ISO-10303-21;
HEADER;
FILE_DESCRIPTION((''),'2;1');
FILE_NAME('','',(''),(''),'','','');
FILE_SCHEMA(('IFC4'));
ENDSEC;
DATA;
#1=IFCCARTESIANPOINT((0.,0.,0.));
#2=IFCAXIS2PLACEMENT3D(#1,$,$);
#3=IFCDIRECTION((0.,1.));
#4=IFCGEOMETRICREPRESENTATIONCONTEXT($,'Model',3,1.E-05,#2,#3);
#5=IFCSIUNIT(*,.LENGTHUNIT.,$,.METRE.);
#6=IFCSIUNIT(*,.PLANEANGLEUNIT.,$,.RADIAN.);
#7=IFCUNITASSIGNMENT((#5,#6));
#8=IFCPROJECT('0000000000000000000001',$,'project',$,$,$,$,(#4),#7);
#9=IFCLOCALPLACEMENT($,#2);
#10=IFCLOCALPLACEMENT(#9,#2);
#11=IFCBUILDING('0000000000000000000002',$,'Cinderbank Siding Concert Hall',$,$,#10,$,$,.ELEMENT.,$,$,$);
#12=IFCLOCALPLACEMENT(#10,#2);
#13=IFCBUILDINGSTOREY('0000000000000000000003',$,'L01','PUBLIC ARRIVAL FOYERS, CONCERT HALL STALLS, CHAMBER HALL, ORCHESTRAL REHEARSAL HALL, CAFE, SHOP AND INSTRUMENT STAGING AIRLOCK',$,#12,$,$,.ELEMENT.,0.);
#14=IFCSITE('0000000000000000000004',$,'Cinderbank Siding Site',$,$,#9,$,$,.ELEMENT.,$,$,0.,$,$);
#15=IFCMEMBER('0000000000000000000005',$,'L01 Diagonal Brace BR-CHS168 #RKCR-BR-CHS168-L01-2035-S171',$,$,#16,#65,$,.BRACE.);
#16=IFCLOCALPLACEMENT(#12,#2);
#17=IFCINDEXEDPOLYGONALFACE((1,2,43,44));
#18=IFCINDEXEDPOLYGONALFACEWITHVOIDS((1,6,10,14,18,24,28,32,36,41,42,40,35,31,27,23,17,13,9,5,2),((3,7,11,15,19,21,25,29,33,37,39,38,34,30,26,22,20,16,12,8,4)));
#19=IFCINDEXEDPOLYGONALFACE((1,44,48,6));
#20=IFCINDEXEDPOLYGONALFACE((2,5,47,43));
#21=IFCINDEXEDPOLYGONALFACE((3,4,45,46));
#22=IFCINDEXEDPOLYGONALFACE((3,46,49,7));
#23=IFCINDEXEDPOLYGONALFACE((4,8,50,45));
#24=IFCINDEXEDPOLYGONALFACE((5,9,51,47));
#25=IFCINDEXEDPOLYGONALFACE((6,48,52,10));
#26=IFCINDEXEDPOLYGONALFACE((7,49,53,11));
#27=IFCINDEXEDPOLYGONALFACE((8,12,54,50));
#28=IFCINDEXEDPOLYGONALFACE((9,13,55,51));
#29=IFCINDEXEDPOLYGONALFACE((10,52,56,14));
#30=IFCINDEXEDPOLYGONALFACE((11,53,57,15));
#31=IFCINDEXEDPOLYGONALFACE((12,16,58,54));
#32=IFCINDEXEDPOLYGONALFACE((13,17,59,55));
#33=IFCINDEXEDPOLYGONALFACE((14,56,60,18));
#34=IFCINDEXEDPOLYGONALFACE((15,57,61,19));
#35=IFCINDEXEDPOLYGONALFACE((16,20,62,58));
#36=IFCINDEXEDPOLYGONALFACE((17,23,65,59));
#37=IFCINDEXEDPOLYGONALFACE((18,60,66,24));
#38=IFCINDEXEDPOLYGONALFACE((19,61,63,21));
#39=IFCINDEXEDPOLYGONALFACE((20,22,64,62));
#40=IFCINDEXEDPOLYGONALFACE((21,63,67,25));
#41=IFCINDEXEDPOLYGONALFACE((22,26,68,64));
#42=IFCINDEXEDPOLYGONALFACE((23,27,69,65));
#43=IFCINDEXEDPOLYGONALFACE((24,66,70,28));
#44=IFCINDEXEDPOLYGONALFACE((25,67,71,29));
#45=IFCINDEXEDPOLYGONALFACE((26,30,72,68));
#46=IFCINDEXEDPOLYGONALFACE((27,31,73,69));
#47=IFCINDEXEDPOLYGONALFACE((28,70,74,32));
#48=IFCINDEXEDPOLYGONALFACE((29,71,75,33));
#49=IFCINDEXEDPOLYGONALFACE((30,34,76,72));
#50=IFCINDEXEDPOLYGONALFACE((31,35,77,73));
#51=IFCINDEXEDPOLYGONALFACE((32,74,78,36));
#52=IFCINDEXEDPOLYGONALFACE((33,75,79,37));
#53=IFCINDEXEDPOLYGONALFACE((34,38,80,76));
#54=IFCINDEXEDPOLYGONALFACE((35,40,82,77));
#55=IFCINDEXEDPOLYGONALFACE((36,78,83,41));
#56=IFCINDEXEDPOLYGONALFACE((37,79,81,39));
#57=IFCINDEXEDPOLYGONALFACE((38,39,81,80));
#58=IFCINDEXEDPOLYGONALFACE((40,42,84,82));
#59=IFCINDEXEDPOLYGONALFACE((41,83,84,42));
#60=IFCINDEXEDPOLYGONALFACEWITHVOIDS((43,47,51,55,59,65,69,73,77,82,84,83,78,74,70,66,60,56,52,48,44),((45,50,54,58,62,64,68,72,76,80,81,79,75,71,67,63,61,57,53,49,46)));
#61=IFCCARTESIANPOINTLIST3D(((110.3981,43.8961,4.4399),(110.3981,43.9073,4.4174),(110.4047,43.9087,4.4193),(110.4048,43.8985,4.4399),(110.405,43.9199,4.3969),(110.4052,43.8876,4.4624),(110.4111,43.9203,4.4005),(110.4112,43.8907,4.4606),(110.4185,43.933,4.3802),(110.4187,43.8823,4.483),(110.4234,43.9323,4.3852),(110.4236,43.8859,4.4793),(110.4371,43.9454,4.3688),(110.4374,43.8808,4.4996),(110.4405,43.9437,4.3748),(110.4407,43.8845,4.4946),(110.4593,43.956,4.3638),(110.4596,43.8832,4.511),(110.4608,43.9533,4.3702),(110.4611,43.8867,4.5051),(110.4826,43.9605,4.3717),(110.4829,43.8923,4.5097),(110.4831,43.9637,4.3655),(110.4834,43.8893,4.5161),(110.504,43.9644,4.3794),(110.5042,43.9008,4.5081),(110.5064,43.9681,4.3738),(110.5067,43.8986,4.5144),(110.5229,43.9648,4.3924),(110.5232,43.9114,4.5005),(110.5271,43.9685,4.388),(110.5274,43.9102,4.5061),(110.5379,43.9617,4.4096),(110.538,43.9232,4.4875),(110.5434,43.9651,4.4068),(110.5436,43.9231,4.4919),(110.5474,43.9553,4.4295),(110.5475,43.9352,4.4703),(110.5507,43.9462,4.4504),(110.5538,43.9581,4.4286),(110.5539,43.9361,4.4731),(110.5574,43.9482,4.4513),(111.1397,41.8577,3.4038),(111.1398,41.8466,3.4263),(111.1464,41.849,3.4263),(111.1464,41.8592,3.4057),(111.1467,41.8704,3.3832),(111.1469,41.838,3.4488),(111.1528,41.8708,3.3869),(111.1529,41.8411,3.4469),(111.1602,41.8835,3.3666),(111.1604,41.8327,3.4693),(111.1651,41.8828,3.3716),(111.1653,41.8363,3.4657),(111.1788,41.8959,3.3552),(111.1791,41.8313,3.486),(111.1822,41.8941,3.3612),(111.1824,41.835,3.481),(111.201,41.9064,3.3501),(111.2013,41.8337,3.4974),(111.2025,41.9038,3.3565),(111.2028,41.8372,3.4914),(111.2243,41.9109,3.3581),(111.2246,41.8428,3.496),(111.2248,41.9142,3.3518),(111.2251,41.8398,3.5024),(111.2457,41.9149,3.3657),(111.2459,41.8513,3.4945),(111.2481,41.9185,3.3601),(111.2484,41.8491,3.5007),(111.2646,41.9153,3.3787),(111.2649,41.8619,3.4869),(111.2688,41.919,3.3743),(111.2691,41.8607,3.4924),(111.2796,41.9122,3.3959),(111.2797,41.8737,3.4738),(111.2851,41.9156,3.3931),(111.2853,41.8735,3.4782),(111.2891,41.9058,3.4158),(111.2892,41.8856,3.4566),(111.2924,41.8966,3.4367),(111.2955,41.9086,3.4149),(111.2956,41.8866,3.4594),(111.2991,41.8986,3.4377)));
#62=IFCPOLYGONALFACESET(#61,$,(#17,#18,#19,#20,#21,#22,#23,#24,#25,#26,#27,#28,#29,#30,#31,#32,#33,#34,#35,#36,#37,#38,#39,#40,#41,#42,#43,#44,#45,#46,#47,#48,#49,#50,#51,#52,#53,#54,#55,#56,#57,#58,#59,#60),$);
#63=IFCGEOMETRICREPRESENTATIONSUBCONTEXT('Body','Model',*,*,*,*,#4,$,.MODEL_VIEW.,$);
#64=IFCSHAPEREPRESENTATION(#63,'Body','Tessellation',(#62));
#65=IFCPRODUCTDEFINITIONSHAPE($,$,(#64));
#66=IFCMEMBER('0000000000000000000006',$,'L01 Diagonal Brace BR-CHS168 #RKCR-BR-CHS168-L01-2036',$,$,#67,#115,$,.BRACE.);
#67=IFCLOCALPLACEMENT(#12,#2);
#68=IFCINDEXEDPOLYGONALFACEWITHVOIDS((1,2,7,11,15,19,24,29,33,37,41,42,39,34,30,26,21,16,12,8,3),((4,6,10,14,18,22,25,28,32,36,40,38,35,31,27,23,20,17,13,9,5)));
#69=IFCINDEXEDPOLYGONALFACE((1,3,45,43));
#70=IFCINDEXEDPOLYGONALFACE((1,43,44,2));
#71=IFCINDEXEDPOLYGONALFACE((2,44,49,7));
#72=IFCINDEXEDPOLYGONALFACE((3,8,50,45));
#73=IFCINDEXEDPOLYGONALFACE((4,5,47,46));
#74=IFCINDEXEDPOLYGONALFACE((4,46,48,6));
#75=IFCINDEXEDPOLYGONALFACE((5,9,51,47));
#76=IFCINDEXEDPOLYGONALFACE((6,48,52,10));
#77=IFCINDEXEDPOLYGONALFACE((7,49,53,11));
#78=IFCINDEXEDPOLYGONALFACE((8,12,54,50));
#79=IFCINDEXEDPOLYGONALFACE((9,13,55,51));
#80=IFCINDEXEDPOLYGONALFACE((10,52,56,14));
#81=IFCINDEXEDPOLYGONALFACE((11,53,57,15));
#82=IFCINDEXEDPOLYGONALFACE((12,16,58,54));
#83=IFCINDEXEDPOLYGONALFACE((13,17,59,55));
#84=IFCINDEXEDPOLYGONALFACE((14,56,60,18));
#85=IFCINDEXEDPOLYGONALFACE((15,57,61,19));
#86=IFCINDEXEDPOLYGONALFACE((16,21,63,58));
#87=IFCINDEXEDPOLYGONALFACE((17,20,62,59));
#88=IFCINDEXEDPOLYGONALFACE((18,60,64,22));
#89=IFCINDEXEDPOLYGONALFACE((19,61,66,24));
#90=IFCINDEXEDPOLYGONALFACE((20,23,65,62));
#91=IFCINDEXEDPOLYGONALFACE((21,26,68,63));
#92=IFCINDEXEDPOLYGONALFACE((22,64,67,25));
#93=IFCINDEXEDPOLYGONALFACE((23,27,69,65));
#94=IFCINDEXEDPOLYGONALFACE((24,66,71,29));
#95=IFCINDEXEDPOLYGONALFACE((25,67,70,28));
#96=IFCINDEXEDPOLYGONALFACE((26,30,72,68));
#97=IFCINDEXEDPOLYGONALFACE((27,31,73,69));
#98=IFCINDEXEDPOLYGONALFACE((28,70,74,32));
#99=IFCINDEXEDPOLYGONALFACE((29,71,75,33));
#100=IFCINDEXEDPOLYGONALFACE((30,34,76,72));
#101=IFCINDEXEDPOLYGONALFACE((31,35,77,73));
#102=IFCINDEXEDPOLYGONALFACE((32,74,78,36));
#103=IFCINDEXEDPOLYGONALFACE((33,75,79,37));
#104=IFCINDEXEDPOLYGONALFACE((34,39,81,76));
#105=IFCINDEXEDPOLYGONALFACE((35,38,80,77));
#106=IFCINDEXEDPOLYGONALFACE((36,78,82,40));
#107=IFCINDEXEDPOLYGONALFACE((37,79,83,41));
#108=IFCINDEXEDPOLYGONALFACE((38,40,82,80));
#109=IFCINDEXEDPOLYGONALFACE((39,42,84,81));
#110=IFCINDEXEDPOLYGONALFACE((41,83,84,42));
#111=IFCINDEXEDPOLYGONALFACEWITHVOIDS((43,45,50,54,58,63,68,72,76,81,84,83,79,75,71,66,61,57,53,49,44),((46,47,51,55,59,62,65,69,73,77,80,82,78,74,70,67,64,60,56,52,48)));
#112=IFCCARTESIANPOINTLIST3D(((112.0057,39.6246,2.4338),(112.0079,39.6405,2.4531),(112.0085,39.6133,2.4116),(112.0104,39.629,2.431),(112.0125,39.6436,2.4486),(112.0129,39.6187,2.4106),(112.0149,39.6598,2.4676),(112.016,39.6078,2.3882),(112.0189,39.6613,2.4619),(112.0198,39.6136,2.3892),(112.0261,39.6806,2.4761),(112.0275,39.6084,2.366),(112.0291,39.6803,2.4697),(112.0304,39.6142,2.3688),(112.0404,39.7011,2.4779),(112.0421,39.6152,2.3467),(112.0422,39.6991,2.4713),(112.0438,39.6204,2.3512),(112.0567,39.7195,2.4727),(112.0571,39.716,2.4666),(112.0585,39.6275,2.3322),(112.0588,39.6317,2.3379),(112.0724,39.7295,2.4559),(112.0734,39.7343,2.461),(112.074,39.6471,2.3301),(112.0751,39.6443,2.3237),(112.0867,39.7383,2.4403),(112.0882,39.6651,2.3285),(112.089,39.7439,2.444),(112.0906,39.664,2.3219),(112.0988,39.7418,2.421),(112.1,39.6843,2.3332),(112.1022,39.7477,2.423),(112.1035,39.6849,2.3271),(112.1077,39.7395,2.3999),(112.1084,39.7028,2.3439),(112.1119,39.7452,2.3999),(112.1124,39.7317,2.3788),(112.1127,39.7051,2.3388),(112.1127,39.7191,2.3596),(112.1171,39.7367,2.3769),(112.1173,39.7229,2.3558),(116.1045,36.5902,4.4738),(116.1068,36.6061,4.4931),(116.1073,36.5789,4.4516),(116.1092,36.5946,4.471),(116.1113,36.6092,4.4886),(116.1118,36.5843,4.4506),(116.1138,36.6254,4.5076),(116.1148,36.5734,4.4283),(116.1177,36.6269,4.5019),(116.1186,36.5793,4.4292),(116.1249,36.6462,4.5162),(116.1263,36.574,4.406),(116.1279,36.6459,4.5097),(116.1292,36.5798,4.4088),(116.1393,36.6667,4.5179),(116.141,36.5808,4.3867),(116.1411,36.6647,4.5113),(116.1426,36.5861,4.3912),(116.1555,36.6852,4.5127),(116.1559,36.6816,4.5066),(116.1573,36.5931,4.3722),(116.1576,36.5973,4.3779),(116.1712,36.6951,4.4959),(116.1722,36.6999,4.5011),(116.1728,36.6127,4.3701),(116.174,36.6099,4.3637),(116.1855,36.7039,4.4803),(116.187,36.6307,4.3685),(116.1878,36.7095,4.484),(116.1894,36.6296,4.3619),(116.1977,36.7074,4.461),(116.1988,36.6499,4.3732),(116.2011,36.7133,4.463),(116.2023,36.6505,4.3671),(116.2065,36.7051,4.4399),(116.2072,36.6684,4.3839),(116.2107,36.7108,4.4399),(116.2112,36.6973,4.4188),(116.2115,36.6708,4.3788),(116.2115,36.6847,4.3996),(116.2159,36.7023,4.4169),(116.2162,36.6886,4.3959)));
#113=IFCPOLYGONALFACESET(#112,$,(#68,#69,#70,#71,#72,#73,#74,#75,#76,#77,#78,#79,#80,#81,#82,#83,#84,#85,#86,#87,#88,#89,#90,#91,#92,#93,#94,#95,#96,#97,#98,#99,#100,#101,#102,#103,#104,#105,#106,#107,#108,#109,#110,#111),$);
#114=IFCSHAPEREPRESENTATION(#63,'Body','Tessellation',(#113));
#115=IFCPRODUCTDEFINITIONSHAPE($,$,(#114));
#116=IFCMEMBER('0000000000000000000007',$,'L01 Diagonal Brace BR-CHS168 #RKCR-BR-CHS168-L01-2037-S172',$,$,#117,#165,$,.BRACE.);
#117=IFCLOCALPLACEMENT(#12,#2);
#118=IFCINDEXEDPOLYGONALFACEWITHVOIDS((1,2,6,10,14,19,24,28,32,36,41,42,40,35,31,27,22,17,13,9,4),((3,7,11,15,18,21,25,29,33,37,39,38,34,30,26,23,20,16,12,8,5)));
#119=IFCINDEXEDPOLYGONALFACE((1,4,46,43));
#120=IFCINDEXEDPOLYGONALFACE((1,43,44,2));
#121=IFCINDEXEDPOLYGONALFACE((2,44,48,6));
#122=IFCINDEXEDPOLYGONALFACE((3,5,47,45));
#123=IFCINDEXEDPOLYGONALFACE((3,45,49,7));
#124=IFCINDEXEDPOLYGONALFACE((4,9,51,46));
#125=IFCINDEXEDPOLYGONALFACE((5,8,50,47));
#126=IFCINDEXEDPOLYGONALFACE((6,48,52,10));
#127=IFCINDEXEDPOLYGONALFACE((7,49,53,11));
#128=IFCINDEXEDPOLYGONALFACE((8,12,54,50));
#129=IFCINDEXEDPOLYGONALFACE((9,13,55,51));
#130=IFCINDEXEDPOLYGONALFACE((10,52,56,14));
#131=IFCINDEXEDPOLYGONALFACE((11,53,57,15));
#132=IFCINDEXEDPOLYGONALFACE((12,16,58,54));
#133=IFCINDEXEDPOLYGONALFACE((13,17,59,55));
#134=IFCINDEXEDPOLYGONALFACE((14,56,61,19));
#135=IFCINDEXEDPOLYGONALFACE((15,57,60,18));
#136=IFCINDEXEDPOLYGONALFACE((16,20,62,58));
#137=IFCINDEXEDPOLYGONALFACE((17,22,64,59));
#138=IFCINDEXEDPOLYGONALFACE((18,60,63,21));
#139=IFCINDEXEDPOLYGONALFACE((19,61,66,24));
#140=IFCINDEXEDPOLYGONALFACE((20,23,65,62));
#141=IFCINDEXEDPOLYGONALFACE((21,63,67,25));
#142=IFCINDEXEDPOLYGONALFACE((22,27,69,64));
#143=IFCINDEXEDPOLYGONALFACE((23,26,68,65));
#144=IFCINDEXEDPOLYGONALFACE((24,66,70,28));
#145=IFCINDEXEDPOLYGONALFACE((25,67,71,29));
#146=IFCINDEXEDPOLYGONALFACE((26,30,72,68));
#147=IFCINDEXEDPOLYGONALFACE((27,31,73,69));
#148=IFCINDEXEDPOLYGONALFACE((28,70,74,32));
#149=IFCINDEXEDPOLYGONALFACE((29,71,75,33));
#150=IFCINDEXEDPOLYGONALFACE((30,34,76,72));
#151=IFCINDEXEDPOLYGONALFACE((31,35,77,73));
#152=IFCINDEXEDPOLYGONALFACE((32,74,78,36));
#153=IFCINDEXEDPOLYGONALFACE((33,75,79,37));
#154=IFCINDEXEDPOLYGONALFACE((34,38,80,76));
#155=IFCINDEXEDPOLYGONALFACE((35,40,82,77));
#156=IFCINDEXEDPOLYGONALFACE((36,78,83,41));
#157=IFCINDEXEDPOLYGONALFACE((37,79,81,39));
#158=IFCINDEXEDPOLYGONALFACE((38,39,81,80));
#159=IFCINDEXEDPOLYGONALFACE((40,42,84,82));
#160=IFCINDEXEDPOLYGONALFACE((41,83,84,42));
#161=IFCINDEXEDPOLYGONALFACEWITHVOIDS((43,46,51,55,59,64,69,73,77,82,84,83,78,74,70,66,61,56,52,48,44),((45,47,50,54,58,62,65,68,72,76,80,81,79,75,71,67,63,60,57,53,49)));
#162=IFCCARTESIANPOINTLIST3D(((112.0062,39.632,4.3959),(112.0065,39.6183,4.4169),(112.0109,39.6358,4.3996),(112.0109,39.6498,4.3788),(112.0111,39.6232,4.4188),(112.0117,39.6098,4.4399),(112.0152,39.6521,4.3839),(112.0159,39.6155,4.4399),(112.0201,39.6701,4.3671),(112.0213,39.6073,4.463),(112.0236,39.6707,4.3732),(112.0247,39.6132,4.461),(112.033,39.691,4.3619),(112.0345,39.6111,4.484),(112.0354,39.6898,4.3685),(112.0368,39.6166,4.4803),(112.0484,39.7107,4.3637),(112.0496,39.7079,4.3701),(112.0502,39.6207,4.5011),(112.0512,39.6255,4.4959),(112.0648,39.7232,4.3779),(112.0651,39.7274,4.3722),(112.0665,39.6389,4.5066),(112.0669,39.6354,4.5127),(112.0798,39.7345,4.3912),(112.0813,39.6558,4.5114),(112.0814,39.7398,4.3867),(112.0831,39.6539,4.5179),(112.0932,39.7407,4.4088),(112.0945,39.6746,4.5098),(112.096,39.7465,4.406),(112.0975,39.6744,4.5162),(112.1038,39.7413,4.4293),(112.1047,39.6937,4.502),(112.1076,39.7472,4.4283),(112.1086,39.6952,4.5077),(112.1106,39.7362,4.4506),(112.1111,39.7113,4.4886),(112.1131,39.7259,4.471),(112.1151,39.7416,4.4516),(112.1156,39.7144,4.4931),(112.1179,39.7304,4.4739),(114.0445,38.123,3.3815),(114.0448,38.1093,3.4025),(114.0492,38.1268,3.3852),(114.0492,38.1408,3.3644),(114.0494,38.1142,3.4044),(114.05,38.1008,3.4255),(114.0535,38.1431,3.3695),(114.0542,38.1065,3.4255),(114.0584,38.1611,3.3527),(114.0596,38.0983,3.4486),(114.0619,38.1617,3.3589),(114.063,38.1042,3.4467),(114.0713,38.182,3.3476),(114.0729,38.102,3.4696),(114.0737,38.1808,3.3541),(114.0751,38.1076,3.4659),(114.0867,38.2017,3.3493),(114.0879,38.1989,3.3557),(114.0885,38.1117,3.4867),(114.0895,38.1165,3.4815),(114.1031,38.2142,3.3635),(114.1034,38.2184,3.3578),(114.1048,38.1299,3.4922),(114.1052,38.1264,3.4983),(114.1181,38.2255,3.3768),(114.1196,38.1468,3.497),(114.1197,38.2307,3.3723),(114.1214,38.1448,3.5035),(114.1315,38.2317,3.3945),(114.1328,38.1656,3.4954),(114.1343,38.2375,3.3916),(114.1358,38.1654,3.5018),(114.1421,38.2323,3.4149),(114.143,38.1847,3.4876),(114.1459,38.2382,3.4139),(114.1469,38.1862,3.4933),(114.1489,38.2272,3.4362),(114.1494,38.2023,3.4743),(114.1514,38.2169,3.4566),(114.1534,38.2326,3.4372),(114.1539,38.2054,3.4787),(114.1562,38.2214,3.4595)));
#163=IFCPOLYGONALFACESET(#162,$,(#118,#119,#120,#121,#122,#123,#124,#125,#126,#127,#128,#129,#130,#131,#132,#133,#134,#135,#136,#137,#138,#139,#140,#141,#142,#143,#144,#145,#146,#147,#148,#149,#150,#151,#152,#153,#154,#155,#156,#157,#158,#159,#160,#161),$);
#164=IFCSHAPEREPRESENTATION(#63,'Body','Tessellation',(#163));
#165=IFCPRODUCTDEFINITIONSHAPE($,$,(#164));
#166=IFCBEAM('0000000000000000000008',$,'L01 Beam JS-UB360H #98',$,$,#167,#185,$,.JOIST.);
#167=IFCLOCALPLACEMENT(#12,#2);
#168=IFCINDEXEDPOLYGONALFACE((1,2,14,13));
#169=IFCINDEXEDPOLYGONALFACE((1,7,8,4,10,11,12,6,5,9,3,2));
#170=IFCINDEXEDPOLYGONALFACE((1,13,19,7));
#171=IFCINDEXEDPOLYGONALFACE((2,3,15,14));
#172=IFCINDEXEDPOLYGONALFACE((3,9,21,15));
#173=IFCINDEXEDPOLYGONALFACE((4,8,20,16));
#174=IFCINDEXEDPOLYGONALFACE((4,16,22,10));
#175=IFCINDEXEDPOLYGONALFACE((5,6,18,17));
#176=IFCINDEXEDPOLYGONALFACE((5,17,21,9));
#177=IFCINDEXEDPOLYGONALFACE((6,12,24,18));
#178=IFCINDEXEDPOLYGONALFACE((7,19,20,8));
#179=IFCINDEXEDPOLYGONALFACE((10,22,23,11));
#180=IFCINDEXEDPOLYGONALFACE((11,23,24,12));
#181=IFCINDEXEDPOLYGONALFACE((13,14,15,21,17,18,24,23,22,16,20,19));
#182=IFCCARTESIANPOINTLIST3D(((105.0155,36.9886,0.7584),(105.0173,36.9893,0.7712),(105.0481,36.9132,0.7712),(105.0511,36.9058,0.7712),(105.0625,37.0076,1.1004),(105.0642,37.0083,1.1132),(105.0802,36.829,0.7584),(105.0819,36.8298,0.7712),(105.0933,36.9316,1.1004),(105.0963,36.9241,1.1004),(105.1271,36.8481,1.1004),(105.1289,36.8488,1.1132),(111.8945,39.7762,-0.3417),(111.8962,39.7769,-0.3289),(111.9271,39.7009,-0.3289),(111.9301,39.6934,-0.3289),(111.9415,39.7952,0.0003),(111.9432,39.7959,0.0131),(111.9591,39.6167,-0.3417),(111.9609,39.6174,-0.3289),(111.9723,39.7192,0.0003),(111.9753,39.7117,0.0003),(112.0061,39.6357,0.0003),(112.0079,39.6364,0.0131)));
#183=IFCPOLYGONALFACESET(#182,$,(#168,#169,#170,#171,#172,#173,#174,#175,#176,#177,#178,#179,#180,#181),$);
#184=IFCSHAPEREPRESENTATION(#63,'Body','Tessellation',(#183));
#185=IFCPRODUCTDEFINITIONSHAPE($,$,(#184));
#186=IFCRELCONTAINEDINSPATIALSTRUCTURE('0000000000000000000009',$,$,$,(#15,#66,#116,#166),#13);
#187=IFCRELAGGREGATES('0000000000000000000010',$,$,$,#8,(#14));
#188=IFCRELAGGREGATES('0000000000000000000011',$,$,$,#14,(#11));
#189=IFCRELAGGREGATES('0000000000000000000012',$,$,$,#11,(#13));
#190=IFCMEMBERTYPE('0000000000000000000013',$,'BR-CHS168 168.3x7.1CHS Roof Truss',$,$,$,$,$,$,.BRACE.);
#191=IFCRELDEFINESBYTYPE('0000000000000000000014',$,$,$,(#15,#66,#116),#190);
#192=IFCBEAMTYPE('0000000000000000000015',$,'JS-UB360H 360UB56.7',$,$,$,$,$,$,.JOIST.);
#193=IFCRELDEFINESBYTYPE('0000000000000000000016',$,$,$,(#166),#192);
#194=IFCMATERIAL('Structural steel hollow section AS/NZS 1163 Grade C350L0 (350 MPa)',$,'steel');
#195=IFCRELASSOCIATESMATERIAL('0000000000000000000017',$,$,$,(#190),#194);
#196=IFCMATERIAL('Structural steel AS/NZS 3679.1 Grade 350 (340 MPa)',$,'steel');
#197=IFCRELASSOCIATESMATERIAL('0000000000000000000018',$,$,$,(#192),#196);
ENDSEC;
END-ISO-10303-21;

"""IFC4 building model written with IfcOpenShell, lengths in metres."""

from ifc_helpers import new_model, si_unit, direction, frame, origin, origin_2d, place, context, subcontext, project, spatial, hollow_circle, i_section, extrude, material, material_profile, profile_set, type_object, element, save


model = new_model("IFC4")

# Units and contexts
model_context = context("Model", 3, precision=1e-05, world=origin(), true_north=direction((0.0, 1.0)))
body_context = subcontext(model_context, "Body", "Model", "MODEL_VIEW")
ifc_project = project(units=[si_unit("LENGTHUNIT", "METRE"), si_unit("PLANEANGLEUNIT", "RADIAN")], contexts=[model_context])

# Site, building, storey
site_placement = place(None, origin())
site = spatial("IfcSite", under=ifc_project, at=site_placement, Name="Cinderbank Siding Site", CompositionType="ELEMENT", RefElevation=0.0)
building_placement = place(site_placement, origin())
building = spatial("IfcBuilding", under=site, at=building_placement, Name="Cinderbank Siding Concert Hall", CompositionType="ELEMENT")
storey_placement = place(building_placement, origin())
storey = spatial("IfcBuildingStorey", under=building, at=storey_placement, Name="L01", Description="PUBLIC ARRIVAL FOYERS, CONCERT HALL STALLS, CHAMBER HALL, ORCHESTRAL REHEARSAL HALL, CAFE, SHOP AND INSTRUMENT STAGING AIRLOCK", CompositionType="ELEMENT", Elevation=0.0)

# Shared definitions
ifc_material_1 = material(Name="Structural steel AS/NZS 3679.1 Grade 350 (340 MPa)", Category="steel")

# Members
ifc_material_2 = material(Name="Structural steel hollow section AS/NZS 1163 Grade C350L0 (350 MPa)", Category="steel")
ifc_material_profile_1 = material_profile(ifc_material_2, hollow_circle(Radius=0.0842, WallThickness=0.0071, at=origin_2d()), Name="168.3x7.1CHS", Category="LoadBearing")
ifc_profile_set_1 = profile_set([ifc_material_profile_1], Name="Structural steel hollow section AS/NZS 1163 Grade C350L0 (350 MPa)")
member_type_1 = type_object("IfcMemberType", Name="BR-CHS168 168.3x7.1CHS Roof Truss", PredefinedType="BRACE", material=ifc_profile_set_1)
for number, where, z_axis, x_axis, name in (
    (1, (111.219, 41.8752, 3.4263), (-0.30855, 0.852627, 0.421692), (-0.940322, -0.340286, 0.0), "L01 Diagonal Brace BR-CHS168 #RKCR-BR-CHS168-L01-2035-S171"),
):
    element("IfcMember", number, at=place(storey_placement, frame(where, z_axis=z_axis, x_axis=x_axis)), inside=storey, type_object=member_type_1, Name=name, PredefinedType="BRACE", context=body_context, shape_type="SweptSolid", body=[
        extrude(hollow_circle(Radius=0.0842, WallThickness=0.0071, at=origin_2d()), origin(), (0.0, 0.0, 1.0), 2.4038),
    ])
member_1_placement = place(storey_placement, frame((112.0618, 39.6775, 2.3999), z_axis=(0.746234, -0.552442, 0.371406), x_axis=(0.595002, 0.803724, 0.0)))
element("IfcMember", 2, at=member_1_placement, inside=storey, type_object=member_type_1, Name="L01 Diagonal Brace BR-CHS168 #RKCR-BR-CHS168-L01-2036", PredefinedType="BRACE", context=body_context, shape_type="SweptSolid", body=[
    extrude(hollow_circle(Radius=0.0842, WallThickness=0.0071, at=origin_2d()), origin(), (0.0, 0.0, 1.0), 5.4927),
])
member_2_placement = place(storey_placement, frame((114.1001, 38.1685, 3.4255), z_axis=(-0.746236, 0.55246, 0.371375), x_axis=(-0.595013, -0.803716, 0.0)))
element("IfcMember", 3, at=member_2_placement, inside=storey, type_object=member_type_1, Name="L01 Diagonal Brace BR-CHS168 #RKCR-BR-CHS168-L01-2037-S172", PredefinedType="BRACE", context=body_context, shape_type="SweptSolid", body=[
    extrude(hollow_circle(Radius=0.0842, WallThickness=0.0071, at=origin_2d()), origin(), (0.0, 0.0, 1.0), 2.7314),
])

# Beam
ifc_material_profile_2 = material_profile(ifc_material_1, i_section(OverallWidth=0.1721, OverallDepth=0.3586, WebThickness=0.0081, FlangeThickness=0.0129, at=origin_2d()), Name="360UB56.7", Category="LoadBearing")
ifc_profile_set_2 = profile_set([ifc_material_profile_2], Name="Structural steel AS/NZS 3679.1 Grade 350 (340 MPa)")
beam_type_1 = type_object("IfcBeamType", Name="JS-UB360H 360UB56.7", PredefinedType="JOIST", material=ifc_profile_set_2)
beam_1_placement = place(storey_placement, frame((111.9512, 39.7063, -0.1643), z_axis=(-0.916778, -0.371514, 0.146614), x_axis=(0.375572, -0.926793, 0.0)))
element("IfcBeam", 4, at=beam_1_placement, inside=storey, type_object=beam_type_1, Name="L01 Beam JS-UB360H #98", PredefinedType="JOIST", context=body_context, shape_type="SweptSolid", body=[
    extrude(i_section(OverallWidth=0.1721, OverallDepth=0.3586, WebThickness=0.0081, FlangeThickness=0.0129, at=origin_2d()), origin(), (0.0, 0.0, 1.0), 7.5034),
])

save(model, "model.ifc")
